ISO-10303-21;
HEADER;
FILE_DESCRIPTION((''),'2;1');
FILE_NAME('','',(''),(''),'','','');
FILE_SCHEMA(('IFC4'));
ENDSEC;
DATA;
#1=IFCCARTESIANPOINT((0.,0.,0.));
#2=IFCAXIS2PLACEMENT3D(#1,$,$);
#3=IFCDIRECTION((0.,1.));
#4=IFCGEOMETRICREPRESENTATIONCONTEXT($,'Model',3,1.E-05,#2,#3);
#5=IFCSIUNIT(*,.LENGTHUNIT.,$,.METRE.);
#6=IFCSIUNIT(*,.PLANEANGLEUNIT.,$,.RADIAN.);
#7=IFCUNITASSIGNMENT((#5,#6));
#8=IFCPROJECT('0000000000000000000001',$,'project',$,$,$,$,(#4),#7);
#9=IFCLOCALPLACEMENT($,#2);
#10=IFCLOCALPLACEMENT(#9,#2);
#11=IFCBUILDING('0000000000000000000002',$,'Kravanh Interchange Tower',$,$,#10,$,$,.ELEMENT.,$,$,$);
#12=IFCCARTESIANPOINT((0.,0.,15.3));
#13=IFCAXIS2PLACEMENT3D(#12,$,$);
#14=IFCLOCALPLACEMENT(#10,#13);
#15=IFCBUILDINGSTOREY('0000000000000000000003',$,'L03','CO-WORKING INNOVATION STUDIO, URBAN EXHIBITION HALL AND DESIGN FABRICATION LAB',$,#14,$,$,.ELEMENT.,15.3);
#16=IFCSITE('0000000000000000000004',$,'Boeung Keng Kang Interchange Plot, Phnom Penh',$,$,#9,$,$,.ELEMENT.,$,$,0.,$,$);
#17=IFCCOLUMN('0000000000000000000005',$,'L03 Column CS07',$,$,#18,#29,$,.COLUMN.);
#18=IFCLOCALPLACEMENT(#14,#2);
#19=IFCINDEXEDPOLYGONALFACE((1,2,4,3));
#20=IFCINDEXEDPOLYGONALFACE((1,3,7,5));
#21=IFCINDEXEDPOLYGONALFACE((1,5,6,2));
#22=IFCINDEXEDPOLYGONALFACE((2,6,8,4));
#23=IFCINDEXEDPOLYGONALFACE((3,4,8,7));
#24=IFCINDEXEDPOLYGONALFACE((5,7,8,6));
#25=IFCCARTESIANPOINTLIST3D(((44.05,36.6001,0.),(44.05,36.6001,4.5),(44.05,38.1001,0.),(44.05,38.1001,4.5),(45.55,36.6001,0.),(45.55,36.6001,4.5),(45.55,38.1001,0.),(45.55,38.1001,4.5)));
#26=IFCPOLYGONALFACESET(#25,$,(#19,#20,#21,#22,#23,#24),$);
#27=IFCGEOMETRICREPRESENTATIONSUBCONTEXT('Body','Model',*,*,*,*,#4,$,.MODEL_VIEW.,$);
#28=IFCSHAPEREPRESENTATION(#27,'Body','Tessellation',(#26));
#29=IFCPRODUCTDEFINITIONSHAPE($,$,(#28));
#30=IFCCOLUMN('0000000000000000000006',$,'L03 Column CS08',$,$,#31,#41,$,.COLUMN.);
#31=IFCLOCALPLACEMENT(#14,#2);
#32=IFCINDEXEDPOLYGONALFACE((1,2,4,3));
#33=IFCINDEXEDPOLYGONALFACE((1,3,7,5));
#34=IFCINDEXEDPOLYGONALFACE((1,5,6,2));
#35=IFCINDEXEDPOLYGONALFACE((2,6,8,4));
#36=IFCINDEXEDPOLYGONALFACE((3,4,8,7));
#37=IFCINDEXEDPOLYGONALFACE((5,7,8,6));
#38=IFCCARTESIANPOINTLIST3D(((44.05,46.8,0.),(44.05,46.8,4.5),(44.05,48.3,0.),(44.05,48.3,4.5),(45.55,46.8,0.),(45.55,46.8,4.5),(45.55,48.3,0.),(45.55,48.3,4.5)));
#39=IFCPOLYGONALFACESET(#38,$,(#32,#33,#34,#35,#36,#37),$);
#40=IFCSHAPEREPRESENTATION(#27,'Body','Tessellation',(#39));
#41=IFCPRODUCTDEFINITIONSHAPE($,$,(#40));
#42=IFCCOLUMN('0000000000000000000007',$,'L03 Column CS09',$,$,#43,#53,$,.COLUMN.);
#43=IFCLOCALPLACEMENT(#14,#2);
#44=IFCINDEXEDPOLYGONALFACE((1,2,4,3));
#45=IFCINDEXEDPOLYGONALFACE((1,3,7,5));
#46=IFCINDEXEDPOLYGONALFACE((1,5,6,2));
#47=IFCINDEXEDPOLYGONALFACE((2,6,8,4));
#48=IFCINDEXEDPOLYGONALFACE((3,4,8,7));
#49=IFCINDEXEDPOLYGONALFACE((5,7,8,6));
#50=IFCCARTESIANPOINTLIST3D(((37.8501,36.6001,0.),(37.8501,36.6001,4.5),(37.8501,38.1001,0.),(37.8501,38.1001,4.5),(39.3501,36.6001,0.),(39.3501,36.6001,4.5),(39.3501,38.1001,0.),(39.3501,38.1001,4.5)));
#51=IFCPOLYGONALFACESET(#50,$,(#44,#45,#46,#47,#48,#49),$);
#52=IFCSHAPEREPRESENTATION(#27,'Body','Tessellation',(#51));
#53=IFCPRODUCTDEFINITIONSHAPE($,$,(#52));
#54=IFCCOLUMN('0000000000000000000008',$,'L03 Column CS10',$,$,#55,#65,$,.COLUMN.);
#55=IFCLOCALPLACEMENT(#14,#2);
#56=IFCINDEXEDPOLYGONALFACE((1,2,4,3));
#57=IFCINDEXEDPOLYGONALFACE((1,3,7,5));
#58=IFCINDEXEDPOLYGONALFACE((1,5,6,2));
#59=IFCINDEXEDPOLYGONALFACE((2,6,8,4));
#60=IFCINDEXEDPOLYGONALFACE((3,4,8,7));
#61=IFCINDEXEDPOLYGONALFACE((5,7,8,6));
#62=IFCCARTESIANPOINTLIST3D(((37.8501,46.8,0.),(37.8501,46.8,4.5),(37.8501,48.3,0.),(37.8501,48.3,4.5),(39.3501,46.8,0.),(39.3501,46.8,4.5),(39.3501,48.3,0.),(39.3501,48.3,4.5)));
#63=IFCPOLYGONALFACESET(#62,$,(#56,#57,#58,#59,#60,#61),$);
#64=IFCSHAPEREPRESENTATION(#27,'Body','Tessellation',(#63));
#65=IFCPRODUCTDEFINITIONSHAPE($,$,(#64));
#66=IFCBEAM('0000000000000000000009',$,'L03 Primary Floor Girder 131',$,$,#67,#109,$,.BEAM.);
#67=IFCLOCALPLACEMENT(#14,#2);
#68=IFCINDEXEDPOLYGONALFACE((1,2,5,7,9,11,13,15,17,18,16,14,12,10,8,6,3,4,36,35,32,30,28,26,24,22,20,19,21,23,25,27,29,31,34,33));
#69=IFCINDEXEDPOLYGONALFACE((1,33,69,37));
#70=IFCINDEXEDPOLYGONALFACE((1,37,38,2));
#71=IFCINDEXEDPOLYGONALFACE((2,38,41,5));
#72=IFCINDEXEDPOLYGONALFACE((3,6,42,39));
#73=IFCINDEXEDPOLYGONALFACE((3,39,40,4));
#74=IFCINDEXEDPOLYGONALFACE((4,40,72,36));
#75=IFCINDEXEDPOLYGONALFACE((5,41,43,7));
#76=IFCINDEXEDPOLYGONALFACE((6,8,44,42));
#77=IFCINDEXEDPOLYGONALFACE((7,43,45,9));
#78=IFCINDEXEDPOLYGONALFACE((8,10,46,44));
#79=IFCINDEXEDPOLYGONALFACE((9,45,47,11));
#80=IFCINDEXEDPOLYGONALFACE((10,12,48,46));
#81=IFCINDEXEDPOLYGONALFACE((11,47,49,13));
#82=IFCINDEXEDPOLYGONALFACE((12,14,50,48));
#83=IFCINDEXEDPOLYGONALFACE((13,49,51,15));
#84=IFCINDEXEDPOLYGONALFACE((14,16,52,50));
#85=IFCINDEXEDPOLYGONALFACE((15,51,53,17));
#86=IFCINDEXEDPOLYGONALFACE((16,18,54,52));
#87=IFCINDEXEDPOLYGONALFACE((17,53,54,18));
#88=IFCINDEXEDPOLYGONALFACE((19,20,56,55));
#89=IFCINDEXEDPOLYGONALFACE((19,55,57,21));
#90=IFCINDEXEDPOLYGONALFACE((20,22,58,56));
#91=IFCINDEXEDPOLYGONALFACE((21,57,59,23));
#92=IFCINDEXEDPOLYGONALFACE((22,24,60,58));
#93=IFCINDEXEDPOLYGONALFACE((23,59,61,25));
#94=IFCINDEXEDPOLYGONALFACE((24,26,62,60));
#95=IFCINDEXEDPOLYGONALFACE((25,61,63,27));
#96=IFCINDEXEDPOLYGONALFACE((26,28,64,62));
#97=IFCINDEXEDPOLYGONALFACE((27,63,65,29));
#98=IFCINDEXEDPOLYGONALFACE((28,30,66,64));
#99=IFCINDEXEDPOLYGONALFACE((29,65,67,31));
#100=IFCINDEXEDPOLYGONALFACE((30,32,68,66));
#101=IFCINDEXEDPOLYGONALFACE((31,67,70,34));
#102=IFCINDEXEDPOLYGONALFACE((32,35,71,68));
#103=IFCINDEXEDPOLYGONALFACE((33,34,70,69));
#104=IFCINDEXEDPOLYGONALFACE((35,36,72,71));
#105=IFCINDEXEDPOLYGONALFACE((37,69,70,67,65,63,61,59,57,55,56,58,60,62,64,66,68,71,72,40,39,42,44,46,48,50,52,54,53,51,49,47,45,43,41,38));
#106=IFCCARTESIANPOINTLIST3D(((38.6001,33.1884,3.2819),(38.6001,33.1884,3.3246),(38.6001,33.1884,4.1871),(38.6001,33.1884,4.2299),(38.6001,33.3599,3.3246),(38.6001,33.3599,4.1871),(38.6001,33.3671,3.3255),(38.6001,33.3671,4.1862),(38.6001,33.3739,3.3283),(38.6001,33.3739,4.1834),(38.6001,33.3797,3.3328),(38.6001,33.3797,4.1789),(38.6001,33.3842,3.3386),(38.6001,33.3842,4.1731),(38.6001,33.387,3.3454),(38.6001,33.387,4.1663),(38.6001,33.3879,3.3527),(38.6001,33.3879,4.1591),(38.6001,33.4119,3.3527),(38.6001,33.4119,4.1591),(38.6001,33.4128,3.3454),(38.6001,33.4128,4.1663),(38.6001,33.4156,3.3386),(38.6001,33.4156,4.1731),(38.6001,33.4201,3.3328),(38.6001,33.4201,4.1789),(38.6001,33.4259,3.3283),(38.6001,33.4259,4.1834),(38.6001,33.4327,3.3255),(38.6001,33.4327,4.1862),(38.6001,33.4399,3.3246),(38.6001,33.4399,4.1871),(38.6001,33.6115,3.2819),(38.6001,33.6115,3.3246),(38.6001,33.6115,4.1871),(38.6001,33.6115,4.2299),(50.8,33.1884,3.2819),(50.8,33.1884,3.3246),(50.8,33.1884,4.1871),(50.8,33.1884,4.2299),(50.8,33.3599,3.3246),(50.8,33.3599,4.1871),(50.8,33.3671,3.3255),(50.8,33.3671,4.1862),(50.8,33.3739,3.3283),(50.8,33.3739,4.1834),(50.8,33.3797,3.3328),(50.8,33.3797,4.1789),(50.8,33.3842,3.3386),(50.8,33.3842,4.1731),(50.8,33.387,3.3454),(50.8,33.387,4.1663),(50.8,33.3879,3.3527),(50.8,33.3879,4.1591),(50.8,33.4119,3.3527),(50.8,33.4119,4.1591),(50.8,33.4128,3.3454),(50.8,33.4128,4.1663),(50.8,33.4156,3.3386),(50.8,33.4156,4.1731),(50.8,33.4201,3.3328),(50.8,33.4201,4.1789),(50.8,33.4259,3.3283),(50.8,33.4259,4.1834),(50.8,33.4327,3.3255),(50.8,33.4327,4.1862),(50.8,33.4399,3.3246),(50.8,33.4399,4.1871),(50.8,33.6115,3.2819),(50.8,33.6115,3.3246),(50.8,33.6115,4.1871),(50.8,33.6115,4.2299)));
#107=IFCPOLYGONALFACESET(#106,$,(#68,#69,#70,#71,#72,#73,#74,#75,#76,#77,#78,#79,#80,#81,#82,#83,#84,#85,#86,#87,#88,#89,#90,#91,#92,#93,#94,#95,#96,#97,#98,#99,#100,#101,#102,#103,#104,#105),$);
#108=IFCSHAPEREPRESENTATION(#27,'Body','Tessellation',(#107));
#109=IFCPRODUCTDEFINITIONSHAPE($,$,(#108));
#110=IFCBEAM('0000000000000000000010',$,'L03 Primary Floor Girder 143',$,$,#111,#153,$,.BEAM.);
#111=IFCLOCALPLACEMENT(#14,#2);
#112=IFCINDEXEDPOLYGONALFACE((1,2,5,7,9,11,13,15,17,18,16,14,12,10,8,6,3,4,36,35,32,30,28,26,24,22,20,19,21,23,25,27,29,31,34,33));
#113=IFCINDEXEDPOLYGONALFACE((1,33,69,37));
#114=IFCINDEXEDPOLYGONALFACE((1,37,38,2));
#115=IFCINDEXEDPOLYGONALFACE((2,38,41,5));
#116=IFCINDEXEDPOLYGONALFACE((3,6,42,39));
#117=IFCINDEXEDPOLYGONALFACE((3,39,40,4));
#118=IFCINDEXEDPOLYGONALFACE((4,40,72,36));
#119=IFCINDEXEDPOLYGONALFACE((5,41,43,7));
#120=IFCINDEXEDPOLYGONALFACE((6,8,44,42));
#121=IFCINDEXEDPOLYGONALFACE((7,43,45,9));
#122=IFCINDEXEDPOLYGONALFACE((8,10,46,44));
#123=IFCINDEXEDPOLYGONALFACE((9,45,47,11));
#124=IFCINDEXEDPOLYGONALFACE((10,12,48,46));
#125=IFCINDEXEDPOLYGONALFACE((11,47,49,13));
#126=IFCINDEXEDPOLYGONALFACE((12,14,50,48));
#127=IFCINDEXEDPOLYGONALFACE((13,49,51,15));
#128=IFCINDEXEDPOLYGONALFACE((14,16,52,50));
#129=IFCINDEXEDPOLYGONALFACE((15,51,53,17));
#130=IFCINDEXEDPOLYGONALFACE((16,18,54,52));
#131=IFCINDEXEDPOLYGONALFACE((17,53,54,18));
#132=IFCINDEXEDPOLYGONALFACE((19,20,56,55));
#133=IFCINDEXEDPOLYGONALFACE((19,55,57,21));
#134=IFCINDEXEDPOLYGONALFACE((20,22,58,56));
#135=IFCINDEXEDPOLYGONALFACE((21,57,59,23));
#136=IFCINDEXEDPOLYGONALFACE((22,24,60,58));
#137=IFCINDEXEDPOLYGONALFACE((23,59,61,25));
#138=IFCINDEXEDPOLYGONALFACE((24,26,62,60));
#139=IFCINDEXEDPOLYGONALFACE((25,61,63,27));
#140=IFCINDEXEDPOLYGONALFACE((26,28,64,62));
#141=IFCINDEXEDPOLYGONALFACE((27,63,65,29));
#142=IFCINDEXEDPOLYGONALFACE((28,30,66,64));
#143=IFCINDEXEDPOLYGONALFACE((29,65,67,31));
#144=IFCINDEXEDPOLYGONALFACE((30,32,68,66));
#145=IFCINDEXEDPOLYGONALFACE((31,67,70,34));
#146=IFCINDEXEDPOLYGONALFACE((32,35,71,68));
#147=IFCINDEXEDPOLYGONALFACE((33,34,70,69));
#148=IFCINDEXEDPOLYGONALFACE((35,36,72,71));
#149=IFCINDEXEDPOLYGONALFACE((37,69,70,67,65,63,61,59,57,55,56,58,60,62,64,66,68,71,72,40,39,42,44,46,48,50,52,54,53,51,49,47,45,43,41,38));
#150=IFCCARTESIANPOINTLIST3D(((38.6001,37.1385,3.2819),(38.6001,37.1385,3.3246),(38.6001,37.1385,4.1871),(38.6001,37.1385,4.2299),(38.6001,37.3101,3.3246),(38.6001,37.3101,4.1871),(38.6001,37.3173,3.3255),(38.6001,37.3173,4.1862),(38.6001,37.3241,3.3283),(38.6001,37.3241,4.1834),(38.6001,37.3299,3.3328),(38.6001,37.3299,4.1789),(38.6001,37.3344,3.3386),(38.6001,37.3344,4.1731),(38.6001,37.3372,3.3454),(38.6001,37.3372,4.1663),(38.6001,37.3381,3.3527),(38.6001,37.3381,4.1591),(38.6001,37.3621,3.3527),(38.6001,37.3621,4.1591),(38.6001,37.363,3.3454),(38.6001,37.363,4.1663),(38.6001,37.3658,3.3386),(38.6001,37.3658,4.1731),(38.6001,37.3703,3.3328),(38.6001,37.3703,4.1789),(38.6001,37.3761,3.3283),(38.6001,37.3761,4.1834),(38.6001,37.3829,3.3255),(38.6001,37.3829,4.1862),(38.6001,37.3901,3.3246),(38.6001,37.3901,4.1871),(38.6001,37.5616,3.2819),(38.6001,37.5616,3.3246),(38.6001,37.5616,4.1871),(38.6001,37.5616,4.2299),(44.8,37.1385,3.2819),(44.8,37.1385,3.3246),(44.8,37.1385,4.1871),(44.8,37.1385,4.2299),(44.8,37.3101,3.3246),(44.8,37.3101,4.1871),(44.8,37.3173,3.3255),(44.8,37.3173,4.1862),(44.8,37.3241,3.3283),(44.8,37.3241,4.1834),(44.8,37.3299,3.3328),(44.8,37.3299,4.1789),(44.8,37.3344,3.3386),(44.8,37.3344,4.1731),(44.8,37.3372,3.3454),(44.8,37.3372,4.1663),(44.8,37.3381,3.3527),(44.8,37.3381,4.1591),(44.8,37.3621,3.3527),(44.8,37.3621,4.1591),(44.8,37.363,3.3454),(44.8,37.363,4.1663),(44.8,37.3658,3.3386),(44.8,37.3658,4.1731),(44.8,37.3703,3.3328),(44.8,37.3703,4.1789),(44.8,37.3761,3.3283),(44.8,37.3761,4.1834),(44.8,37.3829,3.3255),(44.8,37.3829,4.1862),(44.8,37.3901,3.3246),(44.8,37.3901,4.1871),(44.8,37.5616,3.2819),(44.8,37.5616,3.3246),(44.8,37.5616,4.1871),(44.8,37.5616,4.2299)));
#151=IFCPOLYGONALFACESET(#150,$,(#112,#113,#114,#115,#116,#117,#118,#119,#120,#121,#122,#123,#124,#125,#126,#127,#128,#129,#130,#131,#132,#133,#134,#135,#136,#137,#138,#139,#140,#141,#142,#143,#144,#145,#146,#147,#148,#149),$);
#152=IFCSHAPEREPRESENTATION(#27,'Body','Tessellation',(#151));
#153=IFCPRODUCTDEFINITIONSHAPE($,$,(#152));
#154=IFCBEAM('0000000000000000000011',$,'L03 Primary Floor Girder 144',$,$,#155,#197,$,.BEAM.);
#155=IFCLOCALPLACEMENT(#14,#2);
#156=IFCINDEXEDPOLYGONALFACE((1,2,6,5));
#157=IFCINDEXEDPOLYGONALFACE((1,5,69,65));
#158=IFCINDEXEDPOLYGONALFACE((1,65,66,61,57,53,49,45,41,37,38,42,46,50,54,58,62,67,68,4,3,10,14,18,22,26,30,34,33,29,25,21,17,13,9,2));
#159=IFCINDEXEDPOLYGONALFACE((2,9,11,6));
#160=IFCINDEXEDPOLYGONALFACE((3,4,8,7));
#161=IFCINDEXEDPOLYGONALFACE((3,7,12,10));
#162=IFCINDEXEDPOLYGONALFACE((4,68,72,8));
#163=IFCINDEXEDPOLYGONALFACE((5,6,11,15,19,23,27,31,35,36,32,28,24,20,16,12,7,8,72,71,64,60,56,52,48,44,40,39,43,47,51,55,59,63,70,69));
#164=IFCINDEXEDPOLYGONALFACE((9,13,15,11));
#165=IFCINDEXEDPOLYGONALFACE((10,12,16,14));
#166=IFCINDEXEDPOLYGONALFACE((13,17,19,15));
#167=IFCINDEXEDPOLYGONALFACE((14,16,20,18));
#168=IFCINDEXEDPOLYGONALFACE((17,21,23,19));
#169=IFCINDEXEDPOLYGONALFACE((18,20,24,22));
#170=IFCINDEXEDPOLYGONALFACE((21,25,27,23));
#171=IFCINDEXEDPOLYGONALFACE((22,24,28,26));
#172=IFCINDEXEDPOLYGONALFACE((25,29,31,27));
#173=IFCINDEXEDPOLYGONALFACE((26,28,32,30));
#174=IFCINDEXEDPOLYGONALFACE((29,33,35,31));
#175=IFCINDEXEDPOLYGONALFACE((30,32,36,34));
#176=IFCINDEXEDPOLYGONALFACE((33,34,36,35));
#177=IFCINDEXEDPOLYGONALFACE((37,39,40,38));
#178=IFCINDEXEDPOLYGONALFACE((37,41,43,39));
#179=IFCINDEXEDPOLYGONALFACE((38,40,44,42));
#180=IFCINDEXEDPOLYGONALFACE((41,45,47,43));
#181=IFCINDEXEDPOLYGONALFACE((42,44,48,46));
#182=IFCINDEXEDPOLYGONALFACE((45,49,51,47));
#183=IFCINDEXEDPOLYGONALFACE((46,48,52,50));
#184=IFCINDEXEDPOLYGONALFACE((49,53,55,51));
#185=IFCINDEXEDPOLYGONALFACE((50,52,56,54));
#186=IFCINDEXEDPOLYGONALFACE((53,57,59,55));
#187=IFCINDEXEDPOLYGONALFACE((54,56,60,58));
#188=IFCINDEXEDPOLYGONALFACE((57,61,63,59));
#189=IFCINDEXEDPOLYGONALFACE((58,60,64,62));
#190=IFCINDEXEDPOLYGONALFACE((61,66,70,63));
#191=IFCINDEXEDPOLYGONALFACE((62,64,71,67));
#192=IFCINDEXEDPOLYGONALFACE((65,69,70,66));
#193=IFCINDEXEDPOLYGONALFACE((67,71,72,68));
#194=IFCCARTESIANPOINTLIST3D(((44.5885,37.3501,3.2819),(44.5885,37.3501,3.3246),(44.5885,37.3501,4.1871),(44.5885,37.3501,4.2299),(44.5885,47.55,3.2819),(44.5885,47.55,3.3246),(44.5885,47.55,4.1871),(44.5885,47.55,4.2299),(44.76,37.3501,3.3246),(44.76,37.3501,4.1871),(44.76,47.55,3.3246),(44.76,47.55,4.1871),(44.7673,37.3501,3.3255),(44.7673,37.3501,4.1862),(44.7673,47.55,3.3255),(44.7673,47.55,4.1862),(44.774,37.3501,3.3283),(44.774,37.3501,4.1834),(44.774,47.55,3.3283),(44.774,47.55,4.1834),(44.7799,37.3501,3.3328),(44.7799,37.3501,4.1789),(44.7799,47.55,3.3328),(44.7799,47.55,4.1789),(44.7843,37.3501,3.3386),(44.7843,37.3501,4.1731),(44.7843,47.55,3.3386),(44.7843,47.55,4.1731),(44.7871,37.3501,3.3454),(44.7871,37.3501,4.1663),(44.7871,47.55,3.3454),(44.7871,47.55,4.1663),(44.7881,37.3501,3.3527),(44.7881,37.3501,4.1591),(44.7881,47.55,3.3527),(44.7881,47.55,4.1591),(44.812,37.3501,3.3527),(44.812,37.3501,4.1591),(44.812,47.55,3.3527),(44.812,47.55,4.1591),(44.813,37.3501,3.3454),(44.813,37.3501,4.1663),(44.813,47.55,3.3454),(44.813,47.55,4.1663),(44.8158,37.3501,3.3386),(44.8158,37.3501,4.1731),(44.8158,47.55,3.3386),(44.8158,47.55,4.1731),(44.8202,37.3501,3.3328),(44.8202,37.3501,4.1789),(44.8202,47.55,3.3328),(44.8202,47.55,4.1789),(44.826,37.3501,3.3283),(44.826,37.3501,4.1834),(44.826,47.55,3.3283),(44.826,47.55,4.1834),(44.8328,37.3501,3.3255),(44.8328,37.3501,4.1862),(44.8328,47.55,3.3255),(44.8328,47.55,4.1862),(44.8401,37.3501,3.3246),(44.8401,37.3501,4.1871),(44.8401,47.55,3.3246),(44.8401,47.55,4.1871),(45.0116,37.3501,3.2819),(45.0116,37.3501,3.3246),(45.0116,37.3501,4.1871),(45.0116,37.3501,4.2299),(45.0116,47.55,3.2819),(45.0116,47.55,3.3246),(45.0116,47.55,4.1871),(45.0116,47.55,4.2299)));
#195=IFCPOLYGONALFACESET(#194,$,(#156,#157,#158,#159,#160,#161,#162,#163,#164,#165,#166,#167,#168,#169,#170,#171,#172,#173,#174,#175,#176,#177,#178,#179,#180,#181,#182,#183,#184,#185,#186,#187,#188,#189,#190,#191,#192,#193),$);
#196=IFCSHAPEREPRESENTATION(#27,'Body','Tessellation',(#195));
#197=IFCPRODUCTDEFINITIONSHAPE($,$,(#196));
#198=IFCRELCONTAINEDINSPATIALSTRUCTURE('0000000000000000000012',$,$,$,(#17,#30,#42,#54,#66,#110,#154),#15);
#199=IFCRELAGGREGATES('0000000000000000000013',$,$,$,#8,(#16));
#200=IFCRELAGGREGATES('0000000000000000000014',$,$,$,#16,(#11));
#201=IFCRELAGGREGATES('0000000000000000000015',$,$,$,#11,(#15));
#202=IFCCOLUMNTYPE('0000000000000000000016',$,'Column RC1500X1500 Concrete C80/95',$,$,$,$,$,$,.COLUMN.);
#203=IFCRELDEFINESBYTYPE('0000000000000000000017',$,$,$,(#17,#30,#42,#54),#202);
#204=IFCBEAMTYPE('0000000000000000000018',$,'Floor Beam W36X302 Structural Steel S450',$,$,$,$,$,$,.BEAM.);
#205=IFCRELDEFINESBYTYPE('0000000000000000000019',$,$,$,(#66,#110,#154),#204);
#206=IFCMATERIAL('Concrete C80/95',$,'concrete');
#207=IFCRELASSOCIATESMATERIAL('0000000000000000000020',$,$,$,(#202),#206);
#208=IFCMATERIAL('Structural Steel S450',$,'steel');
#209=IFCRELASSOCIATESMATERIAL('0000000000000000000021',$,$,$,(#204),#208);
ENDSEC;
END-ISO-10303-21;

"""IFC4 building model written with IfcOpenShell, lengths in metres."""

from ifc_helpers import new_model, si_unit, direction, frame, origin, origin_2d, place, context, subcontext, project, spatial, rectangle, i_section, extrude, material, material_profile, profile_set, type_object, element, save


model = new_model("IFC4")

# Units and contexts
model_context = context("Model", 3, precision=1e-05, world=origin(), true_north=direction((0.0, 1.0)))
body_context = subcontext(model_context, "Body", "Model", "MODEL_VIEW")
ifc_project = project(units=[si_unit("LENGTHUNIT", "METRE"), si_unit("PLANEANGLEUNIT", "RADIAN")], contexts=[model_context])

# Site, building, storey
site_placement = place(None, origin())
site = spatial("IfcSite", under=ifc_project, at=site_placement, Name="Boeung Keng Kang Interchange Plot, Phnom Penh", CompositionType="ELEMENT", RefElevation=0.0)
building_placement = place(site_placement, origin())
building = spatial("IfcBuilding", under=site, at=building_placement, Name="Kravanh Interchange Tower", CompositionType="ELEMENT")
storey_placement = place(building_placement, frame((0.0, 0.0, 15.3)))
storey = spatial("IfcBuildingStorey", under=building, at=storey_placement, Name="L03", Description="CO-WORKING INNOVATION STUDIO, URBAN EXHIBITION HALL AND DESIGN FABRICATION LAB", CompositionType="ELEMENT", Elevation=15.3)

# Columns
ifc_material_1 = material(Name="Concrete C80/95", Category="concrete")
ifc_material_profile_1 = material_profile(ifc_material_1, rectangle(XDim=1.5, YDim=1.5, at=origin_2d()), Name="RC1500X1500")
ifc_profile_set_1 = profile_set([ifc_material_profile_1], Name="Concrete C80/95")
column_type = type_object("IfcColumnType", Name="Column RC1500X1500 Concrete C80/95", PredefinedType="COLUMN", material=ifc_profile_set_1)
for number, where, z_axis, x_axis, name in (
    (1, (44.8, 37.3501, 0.0), (0.0, 0.0, 1.0), (1.0, 0.0, 0.0), "L03 Column CS07"),
    (2, (44.8, 47.55, 0.0), (0.0, 0.0, 1.0), (1.0, 0.0, 0.0), "L03 Column CS08"),
    (3, (38.6001, 37.3501, 0.0), (0.0, 0.0, 1.0), (1.0, 0.0, 0.0), "L03 Column CS09"),
    (4, (38.6001, 47.55, 0.0), (0.0, 0.0, 1.0), (1.0, 0.0, 0.0), "L03 Column CS10"),
):
    element("IfcColumn", number, at=place(storey_placement, frame(where, z_axis=z_axis, x_axis=x_axis)), inside=storey, type_object=column_type, Name=name, PredefinedType="COLUMN", context=body_context, shape_type="SweptSolid", body=[
        extrude(rectangle(XDim=1.5, YDim=1.5, at=origin_2d()), origin(), (0.0, 0.0, 1.0), 4.5),
    ])

# Beams
ifc_material_2 = material(Name="Structural Steel S450", Category="steel")
ifc_material_profile_2 = material_profile(ifc_material_2, i_section(OverallWidth=0.4231, OverallDepth=0.948, WebThickness=0.0239, FlangeThickness=0.0427, FilletRadius=0.0281, at=origin_2d()), Name="W36X302")
ifc_profile_set_2 = profile_set([ifc_material_profile_2], Name="Structural Steel S450")
beam_type = type_object("IfcBeamType", Name="Floor Beam W36X302 Structural Steel S450", PredefinedType="BEAM", material=ifc_profile_set_2)
beam_1_placement = place(storey_placement, frame((38.6001, 33.3999, 3.7559), z_axis=(1.0, 0.0, 0.0), x_axis=(0.0, 1.0, 0.0)))
element("IfcBeam", 5, at=beam_1_placement, inside=storey, type_object=beam_type, Name="L03 Primary Floor Girder 131", PredefinedType="BEAM", context=body_context, shape_type="SweptSolid", body=[
    extrude(i_section(OverallWidth=0.4231, OverallDepth=0.948, WebThickness=0.0239, FlangeThickness=0.0427, FilletRadius=0.0281, at=origin_2d()), origin(), (0.0, 0.0, 1.0), 12.2),
])
beam_2_placement = place(storey_placement, frame((44.8, 37.3501, 3.7559), z_axis=(-1.0, 0.0, 0.0), x_axis=(0.0, -1.0, 0.0)))
element("IfcBeam", 6, at=beam_2_placement, inside=storey, type_object=beam_type, Name="L03 Primary Floor Girder 143", PredefinedType="BEAM", context=body_context, shape_type="SweptSolid", body=[
    extrude(i_section(OverallWidth=0.4231, OverallDepth=0.948, WebThickness=0.0239, FlangeThickness=0.0427, FilletRadius=0.0281, at=origin_2d()), origin(), (0.0, 0.0, 1.0), 6.2),
])
beam_3_placement = place(storey_placement, frame((44.8, 37.3501, 3.7559), z_axis=(0.0, 1.0, 0.0), x_axis=(-1.0, 0.0, 0.0)))
element("IfcBeam", 7, at=beam_3_placement, inside=storey, type_object=beam_type, Name="L03 Primary Floor Girder 144", PredefinedType="BEAM", context=body_context, shape_type="SweptSolid", body=[
    extrude(i_section(OverallWidth=0.4231, OverallDepth=0.948, WebThickness=0.0239, FlangeThickness=0.0427, FilletRadius=0.0281, at=origin_2d()), origin(), (0.0, 0.0, 1.0), 10.2),
])

save(model, "model.ifc")
